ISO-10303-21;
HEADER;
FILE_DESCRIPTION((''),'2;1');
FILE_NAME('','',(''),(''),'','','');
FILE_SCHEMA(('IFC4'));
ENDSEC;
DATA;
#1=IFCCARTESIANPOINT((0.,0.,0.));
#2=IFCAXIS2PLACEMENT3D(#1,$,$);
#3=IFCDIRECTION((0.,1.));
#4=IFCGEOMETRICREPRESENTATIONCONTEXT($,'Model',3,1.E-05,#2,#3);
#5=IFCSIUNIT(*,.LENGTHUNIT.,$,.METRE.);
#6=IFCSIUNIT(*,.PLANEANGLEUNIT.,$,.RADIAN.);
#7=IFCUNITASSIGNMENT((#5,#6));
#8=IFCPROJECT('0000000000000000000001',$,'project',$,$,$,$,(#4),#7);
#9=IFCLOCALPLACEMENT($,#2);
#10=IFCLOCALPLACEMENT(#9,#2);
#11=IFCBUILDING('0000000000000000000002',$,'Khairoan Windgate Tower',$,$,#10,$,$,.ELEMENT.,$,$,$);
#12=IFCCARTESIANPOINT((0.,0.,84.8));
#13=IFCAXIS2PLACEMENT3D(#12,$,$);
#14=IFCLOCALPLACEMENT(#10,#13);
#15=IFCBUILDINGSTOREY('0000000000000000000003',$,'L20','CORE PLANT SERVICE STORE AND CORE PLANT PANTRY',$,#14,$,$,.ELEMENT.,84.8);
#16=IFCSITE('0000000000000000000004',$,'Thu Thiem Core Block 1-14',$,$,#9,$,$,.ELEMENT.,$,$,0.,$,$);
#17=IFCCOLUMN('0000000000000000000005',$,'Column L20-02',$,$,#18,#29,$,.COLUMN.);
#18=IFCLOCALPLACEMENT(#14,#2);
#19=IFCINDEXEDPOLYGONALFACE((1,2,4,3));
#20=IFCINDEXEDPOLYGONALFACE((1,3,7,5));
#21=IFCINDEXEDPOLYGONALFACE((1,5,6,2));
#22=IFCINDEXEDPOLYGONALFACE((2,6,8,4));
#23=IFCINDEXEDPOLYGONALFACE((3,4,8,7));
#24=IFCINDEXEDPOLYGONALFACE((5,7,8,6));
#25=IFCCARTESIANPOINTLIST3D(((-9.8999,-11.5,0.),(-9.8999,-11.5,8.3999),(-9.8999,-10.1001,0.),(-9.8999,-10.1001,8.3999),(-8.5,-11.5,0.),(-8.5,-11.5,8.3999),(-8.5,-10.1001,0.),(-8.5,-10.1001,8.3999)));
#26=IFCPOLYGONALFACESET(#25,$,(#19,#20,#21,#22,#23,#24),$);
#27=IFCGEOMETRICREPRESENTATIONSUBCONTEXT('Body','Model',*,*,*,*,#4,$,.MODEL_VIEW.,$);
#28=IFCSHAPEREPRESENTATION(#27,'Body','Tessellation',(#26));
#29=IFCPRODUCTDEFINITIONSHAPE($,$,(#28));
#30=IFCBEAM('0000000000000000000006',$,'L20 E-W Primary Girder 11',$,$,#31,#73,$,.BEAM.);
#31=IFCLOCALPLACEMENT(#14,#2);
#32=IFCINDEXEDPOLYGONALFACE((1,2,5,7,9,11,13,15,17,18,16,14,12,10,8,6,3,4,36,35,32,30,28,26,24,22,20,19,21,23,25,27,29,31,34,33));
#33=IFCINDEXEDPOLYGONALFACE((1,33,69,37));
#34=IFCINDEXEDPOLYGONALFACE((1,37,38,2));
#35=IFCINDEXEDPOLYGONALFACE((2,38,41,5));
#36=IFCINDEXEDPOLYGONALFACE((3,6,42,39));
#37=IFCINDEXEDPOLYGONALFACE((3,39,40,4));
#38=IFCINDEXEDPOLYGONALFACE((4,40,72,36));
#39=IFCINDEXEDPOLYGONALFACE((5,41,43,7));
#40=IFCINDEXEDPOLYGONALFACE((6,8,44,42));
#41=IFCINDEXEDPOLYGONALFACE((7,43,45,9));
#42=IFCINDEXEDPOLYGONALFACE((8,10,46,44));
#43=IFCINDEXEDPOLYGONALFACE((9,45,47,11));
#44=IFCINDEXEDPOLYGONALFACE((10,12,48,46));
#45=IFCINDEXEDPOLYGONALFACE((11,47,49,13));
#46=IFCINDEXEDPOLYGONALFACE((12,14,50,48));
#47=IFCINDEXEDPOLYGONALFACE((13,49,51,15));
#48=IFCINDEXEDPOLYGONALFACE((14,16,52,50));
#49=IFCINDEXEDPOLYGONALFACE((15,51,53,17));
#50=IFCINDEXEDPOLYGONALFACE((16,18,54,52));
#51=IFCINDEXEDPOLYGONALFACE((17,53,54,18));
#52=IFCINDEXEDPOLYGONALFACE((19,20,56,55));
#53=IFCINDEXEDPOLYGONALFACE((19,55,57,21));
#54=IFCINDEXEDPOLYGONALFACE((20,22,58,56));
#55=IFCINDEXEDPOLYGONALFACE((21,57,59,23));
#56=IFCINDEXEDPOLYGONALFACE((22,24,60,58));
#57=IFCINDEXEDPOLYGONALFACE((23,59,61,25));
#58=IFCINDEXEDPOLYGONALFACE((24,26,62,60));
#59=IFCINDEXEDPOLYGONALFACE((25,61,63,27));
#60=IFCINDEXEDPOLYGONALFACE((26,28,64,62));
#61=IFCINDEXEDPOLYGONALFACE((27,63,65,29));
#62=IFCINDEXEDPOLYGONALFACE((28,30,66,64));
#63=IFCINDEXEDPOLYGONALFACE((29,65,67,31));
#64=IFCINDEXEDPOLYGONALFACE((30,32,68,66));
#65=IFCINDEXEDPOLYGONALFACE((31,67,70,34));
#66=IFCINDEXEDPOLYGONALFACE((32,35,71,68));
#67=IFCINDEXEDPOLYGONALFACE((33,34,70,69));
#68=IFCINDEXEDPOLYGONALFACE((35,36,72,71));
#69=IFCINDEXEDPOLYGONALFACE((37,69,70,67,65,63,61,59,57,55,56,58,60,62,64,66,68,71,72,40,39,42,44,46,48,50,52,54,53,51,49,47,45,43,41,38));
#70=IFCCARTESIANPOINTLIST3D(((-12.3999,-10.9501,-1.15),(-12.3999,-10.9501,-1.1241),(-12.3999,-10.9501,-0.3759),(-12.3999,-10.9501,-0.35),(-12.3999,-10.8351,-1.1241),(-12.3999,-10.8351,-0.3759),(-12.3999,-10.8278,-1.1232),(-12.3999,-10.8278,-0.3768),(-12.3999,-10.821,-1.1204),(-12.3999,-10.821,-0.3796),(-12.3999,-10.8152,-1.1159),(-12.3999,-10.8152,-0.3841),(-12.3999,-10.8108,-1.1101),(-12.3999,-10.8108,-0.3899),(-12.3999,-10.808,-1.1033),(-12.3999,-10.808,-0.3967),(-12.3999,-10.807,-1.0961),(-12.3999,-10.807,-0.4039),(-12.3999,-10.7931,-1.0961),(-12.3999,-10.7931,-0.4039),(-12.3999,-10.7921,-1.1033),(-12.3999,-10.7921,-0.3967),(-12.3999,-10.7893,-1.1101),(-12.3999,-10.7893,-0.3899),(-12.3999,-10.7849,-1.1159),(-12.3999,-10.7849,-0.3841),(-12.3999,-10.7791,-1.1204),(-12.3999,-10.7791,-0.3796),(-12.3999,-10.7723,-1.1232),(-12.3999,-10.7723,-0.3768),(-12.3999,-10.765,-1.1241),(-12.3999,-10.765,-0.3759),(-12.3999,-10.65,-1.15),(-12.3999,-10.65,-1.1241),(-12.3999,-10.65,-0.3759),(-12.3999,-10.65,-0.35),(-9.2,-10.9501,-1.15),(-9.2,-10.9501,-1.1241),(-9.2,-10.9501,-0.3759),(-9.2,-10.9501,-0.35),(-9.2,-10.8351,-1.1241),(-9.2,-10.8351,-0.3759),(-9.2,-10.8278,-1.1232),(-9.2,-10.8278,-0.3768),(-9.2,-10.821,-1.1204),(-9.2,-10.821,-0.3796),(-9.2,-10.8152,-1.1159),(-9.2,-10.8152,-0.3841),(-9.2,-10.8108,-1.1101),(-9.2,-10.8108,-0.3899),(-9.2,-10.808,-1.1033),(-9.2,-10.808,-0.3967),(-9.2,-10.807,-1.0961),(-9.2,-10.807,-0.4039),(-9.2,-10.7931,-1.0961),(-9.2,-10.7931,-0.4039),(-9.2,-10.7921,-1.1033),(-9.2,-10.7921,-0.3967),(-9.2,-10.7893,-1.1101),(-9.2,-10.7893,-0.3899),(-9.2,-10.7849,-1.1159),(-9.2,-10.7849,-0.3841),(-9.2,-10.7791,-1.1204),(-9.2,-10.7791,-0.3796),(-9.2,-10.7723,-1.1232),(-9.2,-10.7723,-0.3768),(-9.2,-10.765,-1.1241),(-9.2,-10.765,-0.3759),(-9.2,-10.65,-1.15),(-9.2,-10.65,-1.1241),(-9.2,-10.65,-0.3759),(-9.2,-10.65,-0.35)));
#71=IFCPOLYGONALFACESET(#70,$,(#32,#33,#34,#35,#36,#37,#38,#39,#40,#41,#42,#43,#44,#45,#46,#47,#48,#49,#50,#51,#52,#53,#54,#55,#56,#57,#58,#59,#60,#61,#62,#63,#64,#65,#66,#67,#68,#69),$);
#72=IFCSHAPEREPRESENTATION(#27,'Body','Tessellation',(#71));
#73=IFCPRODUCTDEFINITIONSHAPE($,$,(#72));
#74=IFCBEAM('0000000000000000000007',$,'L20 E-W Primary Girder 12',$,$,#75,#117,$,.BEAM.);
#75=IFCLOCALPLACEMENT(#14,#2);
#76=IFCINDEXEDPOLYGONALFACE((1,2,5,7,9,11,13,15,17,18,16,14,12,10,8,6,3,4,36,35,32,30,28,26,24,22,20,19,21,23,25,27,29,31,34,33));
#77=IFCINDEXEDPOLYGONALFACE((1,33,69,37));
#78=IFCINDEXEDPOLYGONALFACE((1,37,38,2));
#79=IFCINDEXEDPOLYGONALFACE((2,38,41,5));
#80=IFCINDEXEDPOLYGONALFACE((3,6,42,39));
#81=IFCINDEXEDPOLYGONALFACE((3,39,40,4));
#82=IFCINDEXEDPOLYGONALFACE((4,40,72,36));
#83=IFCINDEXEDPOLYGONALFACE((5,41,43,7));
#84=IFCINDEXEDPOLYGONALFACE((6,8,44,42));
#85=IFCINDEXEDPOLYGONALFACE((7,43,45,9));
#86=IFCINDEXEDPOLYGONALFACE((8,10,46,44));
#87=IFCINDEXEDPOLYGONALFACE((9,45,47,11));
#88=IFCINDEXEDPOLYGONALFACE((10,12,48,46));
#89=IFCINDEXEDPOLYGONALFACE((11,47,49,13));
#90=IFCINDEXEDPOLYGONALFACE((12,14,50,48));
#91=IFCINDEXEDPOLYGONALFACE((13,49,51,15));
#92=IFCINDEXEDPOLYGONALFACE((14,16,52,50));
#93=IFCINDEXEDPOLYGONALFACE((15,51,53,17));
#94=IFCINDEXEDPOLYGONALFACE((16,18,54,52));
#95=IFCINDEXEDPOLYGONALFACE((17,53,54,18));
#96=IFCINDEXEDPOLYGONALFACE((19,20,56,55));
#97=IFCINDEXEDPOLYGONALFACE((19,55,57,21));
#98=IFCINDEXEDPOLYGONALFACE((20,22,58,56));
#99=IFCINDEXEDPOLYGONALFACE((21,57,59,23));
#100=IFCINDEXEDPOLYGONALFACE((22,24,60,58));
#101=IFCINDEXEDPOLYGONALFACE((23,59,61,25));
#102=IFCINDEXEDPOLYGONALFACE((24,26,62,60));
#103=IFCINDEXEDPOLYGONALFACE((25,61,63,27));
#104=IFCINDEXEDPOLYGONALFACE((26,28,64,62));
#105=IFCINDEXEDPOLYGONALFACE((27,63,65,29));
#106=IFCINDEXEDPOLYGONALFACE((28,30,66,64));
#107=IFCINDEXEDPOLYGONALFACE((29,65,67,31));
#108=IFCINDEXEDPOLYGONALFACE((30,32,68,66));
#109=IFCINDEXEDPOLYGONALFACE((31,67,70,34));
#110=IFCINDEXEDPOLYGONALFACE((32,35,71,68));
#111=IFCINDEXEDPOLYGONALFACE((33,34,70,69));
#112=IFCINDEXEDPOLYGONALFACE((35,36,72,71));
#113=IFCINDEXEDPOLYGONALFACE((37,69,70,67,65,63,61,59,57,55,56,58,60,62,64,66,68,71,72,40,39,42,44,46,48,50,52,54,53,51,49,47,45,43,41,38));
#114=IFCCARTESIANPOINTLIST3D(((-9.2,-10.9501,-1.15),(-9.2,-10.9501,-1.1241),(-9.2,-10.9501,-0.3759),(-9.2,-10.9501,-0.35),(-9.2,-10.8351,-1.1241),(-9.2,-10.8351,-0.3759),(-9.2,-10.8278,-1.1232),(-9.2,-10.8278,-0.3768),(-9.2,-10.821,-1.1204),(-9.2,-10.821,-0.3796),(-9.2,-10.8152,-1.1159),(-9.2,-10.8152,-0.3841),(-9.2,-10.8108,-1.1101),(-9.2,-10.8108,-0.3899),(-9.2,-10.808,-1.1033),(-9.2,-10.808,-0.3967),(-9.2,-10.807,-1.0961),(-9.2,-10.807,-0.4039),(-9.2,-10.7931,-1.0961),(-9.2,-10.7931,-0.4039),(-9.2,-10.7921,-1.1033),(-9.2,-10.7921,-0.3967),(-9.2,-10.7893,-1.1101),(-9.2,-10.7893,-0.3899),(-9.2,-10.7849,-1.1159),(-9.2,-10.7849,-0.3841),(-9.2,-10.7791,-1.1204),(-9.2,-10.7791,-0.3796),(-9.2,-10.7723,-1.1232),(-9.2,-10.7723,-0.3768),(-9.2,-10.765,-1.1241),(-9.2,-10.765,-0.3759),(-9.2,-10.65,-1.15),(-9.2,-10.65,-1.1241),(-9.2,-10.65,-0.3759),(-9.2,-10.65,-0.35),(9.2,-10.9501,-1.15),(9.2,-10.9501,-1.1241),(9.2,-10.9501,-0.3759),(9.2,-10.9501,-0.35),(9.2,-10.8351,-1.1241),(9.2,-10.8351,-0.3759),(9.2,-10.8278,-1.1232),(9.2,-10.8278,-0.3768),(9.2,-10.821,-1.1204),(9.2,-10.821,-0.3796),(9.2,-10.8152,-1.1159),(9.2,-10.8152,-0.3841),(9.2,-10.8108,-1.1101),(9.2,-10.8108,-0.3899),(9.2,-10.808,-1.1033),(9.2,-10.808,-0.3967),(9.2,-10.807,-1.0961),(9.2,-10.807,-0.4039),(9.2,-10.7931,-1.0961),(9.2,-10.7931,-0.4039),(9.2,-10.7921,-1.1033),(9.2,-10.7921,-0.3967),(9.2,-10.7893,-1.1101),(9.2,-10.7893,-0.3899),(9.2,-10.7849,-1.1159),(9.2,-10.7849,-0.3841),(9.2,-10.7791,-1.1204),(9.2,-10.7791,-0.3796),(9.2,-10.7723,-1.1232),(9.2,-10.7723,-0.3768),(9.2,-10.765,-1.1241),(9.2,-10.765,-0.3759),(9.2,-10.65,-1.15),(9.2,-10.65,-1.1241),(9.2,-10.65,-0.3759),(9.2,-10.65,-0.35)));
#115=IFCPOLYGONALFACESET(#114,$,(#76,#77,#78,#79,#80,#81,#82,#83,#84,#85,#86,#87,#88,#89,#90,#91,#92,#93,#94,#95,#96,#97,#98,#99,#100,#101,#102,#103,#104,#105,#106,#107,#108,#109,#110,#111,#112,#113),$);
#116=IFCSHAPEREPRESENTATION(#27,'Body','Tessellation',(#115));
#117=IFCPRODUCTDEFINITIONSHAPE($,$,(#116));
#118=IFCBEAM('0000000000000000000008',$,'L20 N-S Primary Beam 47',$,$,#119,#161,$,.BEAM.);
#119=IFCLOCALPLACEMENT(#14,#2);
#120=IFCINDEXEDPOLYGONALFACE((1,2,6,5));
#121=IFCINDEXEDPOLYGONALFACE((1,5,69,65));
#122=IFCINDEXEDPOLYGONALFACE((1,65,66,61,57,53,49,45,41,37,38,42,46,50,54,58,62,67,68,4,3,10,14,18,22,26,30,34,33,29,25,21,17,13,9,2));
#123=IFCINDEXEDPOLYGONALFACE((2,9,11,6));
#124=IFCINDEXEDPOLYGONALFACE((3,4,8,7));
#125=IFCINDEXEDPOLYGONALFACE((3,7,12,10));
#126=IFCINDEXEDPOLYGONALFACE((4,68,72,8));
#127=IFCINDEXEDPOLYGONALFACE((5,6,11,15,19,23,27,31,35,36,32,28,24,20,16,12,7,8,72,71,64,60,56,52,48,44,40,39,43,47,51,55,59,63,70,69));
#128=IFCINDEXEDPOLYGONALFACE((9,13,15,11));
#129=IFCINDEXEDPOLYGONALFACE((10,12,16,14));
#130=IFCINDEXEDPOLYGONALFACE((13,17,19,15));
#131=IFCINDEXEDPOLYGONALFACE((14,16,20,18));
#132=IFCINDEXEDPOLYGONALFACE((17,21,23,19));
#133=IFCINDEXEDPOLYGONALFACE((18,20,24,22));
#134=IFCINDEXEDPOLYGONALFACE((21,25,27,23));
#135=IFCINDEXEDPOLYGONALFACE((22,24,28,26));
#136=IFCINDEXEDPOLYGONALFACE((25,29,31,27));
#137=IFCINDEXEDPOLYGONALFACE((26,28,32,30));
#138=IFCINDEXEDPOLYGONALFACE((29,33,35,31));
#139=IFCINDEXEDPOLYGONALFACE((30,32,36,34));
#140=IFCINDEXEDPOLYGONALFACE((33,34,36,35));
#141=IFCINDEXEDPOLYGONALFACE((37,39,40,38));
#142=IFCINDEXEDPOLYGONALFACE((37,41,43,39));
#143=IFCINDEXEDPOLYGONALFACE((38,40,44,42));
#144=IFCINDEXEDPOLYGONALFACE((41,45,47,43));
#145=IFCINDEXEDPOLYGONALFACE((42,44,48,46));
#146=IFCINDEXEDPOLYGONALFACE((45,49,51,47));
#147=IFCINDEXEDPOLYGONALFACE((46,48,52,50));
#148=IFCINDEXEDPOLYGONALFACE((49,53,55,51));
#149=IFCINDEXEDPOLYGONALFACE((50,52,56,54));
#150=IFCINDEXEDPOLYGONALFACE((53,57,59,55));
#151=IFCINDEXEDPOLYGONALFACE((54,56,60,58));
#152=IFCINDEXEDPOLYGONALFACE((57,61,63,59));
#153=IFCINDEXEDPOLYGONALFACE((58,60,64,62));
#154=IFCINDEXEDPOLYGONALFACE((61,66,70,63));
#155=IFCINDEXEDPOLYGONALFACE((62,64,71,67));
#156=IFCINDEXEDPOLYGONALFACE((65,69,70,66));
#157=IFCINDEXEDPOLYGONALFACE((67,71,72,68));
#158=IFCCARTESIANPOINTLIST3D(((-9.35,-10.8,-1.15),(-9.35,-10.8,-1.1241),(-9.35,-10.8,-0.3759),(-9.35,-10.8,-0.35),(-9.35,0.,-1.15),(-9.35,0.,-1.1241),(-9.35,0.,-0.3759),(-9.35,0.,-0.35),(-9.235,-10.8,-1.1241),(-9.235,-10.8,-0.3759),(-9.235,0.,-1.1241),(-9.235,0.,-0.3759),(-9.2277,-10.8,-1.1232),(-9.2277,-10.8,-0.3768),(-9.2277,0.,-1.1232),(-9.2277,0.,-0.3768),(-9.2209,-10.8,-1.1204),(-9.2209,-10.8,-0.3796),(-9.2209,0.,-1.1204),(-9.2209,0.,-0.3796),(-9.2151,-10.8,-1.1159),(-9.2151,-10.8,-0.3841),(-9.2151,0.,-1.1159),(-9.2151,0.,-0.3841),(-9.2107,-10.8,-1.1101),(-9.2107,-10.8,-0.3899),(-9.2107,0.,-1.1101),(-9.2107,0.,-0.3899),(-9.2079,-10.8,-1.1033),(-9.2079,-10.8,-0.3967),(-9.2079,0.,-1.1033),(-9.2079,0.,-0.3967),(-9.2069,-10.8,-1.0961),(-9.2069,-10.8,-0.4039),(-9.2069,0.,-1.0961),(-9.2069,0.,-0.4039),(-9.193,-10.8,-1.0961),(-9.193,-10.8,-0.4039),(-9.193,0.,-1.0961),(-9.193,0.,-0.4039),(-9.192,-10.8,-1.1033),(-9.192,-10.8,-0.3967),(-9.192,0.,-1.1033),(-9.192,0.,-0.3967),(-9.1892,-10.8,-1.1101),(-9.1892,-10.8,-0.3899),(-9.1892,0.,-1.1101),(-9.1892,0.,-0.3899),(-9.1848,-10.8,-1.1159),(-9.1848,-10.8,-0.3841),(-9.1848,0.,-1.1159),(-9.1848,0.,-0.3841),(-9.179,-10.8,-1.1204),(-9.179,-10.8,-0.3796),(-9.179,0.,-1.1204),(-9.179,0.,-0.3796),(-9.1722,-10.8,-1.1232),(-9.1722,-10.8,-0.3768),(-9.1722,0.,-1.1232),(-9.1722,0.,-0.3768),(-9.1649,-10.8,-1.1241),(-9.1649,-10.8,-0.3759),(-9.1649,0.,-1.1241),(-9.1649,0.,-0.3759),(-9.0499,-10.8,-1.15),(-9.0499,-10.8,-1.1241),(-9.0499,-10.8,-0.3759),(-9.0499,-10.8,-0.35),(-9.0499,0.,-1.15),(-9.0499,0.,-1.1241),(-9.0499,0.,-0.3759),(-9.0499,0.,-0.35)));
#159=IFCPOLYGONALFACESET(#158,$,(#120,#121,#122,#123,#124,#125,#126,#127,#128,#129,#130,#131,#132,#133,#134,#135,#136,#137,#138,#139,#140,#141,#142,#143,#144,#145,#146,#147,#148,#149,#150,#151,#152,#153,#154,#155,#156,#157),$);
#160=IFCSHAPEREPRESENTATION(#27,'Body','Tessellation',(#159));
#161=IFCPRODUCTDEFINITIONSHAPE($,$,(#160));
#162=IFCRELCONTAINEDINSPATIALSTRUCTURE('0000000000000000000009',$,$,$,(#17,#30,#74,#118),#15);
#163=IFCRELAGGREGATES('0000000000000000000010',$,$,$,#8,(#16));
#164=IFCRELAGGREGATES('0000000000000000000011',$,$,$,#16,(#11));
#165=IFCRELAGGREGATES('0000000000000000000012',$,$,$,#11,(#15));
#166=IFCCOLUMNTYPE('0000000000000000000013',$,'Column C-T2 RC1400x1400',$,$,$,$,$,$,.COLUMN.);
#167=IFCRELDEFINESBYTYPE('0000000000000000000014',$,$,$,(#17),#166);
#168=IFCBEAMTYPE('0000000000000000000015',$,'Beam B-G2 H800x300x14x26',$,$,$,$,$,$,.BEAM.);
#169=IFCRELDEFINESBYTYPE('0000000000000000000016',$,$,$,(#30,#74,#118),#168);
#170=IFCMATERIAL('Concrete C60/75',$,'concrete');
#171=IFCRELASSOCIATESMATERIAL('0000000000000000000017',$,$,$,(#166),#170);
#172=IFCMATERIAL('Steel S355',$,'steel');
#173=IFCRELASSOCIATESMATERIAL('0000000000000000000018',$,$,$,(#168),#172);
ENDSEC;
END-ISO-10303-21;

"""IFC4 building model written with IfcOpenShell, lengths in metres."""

from ifc_helpers import new_model, si_unit, direction, frame, origin, origin_2d, place, context, subcontext, project, spatial, rectangle, i_section, extrude, material, material_profile, profile_set, type_object, element, save


model = new_model("IFC4")

# Units and contexts
model_context = context("Model", 3, precision=1e-05, world=origin(), true_north=direction((0.0, 1.0)))
body_context = subcontext(model_context, "Body", "Model", "MODEL_VIEW")
ifc_project = project(units=[si_unit("LENGTHUNIT", "METRE"), si_unit("PLANEANGLEUNIT", "RADIAN")], contexts=[model_context])

# Site, building, storey
site_placement = place(None, origin())
site = spatial("IfcSite", under=ifc_project, at=site_placement, Name="Thu Thiem Core Block 1-14", CompositionType="ELEMENT", RefElevation=0.0)
building_placement = place(site_placement, origin())
building = spatial("IfcBuilding", under=site, at=building_placement, Name="Khairoan Windgate Tower", CompositionType="ELEMENT")
storey_placement = place(building_placement, frame((0.0, 0.0, 84.8)))
storey = spatial("IfcBuildingStorey", under=building, at=storey_placement, Name="L20", Description="CORE PLANT SERVICE STORE AND CORE PLANT PANTRY", CompositionType="ELEMENT", Elevation=84.8)

# Column
ifc_material_1 = material(Name="Concrete C60/75", Category="concrete")
ifc_material_profile_1 = material_profile(ifc_material_1, rectangle(XDim=1.3999, YDim=1.3999, at=origin_2d()))
ifc_profile_set_1 = profile_set([ifc_material_profile_1], Name="Concrete C60/75")
column_type = type_object("IfcColumnType", Name="Column C-T2 RC1400x1400", PredefinedType="COLUMN", material=ifc_profile_set_1)
column_placement = place(storey_placement, frame((-9.2, -10.8, 0.0), z_axis=(0.0, 0.0, 1.0), x_axis=(1.0, 0.0, 0.0)))
element("IfcColumn", 1, at=column_placement, inside=storey, type_object=column_type, Name="Column L20-02", PredefinedType="COLUMN", context=body_context, shape_type="SweptSolid", body=[
    extrude(rectangle(XDim=1.3999, YDim=1.3999, at=origin_2d()), origin(), (0.0, 0.0, 1.0), 8.3999),
])

# Beams
ifc_material_2 = material(Name="Steel S355", Category="steel")
ifc_material_profile_2 = material_profile(ifc_material_2, i_section(OverallWidth=0.3, OverallDepth=0.8, WebThickness=0.0139, FlangeThickness=0.0259, FilletRadius=0.0281, at=origin_2d()))
ifc_profile_set_2 = profile_set([ifc_material_profile_2], Name="Steel S355")
beam_type_1 = type_object("IfcBeamType", Name="Beam B-G2 H800x300x14x26", PredefinedType="BEAM", material=ifc_profile_set_2)
beam_1_placement = place(storey_placement, frame((-12.3999, -10.8, -0.75), z_axis=(1.0, 0.0, 0.0), x_axis=(0.0, 1.0, 0.0)))
element("IfcBeam", 2, at=beam_1_placement, inside=storey, type_object=beam_type_1, Name="L20 E-W Primary Girder 11", PredefinedType="BEAM", context=body_context, shape_type="SweptSolid", body=[
    extrude(i_section(OverallWidth=0.3, OverallDepth=0.8, WebThickness=0.0139, FlangeThickness=0.0259, FilletRadius=0.0281, at=origin_2d()), origin(), (0.0, 0.0, 1.0), 3.2),
])
beam_2_placement = place(storey_placement, frame((-9.2, -10.8, -0.75), z_axis=(1.0, 0.0, 0.0), x_axis=(0.0, 1.0, 0.0)))
element("IfcBeam", 3, at=beam_2_placement, inside=storey, type_object=beam_type_1, Name="L20 E-W Primary Girder 12", PredefinedType="BEAM", context=body_context, shape_type="SweptSolid", body=[
    extrude(i_section(OverallWidth=0.3, OverallDepth=0.8, WebThickness=0.0139, FlangeThickness=0.0259, FilletRadius=0.0281, at=origin_2d()), origin(), (0.0, 0.0, 1.0), 18.3999),
])
beam_3_placement = place(storey_placement, frame((-9.2, -10.8, -0.75), z_axis=(0.0, 1.0, 0.0), x_axis=(-1.0, 0.0, 0.0)))
element("IfcBeam", 4, at=beam_3_placement, inside=storey, type_object=beam_type_1, Name="L20 N-S Primary Beam 47", PredefinedType="BEAM", context=body_context, shape_type="SweptSolid", body=[
    extrude(i_section(OverallWidth=0.3, OverallDepth=0.8, WebThickness=0.0139, FlangeThickness=0.0259, FilletRadius=0.0281, at=origin_2d()), origin(), (0.0, 0.0, 1.0), 10.8),
])

save(model, "model.ifc")
